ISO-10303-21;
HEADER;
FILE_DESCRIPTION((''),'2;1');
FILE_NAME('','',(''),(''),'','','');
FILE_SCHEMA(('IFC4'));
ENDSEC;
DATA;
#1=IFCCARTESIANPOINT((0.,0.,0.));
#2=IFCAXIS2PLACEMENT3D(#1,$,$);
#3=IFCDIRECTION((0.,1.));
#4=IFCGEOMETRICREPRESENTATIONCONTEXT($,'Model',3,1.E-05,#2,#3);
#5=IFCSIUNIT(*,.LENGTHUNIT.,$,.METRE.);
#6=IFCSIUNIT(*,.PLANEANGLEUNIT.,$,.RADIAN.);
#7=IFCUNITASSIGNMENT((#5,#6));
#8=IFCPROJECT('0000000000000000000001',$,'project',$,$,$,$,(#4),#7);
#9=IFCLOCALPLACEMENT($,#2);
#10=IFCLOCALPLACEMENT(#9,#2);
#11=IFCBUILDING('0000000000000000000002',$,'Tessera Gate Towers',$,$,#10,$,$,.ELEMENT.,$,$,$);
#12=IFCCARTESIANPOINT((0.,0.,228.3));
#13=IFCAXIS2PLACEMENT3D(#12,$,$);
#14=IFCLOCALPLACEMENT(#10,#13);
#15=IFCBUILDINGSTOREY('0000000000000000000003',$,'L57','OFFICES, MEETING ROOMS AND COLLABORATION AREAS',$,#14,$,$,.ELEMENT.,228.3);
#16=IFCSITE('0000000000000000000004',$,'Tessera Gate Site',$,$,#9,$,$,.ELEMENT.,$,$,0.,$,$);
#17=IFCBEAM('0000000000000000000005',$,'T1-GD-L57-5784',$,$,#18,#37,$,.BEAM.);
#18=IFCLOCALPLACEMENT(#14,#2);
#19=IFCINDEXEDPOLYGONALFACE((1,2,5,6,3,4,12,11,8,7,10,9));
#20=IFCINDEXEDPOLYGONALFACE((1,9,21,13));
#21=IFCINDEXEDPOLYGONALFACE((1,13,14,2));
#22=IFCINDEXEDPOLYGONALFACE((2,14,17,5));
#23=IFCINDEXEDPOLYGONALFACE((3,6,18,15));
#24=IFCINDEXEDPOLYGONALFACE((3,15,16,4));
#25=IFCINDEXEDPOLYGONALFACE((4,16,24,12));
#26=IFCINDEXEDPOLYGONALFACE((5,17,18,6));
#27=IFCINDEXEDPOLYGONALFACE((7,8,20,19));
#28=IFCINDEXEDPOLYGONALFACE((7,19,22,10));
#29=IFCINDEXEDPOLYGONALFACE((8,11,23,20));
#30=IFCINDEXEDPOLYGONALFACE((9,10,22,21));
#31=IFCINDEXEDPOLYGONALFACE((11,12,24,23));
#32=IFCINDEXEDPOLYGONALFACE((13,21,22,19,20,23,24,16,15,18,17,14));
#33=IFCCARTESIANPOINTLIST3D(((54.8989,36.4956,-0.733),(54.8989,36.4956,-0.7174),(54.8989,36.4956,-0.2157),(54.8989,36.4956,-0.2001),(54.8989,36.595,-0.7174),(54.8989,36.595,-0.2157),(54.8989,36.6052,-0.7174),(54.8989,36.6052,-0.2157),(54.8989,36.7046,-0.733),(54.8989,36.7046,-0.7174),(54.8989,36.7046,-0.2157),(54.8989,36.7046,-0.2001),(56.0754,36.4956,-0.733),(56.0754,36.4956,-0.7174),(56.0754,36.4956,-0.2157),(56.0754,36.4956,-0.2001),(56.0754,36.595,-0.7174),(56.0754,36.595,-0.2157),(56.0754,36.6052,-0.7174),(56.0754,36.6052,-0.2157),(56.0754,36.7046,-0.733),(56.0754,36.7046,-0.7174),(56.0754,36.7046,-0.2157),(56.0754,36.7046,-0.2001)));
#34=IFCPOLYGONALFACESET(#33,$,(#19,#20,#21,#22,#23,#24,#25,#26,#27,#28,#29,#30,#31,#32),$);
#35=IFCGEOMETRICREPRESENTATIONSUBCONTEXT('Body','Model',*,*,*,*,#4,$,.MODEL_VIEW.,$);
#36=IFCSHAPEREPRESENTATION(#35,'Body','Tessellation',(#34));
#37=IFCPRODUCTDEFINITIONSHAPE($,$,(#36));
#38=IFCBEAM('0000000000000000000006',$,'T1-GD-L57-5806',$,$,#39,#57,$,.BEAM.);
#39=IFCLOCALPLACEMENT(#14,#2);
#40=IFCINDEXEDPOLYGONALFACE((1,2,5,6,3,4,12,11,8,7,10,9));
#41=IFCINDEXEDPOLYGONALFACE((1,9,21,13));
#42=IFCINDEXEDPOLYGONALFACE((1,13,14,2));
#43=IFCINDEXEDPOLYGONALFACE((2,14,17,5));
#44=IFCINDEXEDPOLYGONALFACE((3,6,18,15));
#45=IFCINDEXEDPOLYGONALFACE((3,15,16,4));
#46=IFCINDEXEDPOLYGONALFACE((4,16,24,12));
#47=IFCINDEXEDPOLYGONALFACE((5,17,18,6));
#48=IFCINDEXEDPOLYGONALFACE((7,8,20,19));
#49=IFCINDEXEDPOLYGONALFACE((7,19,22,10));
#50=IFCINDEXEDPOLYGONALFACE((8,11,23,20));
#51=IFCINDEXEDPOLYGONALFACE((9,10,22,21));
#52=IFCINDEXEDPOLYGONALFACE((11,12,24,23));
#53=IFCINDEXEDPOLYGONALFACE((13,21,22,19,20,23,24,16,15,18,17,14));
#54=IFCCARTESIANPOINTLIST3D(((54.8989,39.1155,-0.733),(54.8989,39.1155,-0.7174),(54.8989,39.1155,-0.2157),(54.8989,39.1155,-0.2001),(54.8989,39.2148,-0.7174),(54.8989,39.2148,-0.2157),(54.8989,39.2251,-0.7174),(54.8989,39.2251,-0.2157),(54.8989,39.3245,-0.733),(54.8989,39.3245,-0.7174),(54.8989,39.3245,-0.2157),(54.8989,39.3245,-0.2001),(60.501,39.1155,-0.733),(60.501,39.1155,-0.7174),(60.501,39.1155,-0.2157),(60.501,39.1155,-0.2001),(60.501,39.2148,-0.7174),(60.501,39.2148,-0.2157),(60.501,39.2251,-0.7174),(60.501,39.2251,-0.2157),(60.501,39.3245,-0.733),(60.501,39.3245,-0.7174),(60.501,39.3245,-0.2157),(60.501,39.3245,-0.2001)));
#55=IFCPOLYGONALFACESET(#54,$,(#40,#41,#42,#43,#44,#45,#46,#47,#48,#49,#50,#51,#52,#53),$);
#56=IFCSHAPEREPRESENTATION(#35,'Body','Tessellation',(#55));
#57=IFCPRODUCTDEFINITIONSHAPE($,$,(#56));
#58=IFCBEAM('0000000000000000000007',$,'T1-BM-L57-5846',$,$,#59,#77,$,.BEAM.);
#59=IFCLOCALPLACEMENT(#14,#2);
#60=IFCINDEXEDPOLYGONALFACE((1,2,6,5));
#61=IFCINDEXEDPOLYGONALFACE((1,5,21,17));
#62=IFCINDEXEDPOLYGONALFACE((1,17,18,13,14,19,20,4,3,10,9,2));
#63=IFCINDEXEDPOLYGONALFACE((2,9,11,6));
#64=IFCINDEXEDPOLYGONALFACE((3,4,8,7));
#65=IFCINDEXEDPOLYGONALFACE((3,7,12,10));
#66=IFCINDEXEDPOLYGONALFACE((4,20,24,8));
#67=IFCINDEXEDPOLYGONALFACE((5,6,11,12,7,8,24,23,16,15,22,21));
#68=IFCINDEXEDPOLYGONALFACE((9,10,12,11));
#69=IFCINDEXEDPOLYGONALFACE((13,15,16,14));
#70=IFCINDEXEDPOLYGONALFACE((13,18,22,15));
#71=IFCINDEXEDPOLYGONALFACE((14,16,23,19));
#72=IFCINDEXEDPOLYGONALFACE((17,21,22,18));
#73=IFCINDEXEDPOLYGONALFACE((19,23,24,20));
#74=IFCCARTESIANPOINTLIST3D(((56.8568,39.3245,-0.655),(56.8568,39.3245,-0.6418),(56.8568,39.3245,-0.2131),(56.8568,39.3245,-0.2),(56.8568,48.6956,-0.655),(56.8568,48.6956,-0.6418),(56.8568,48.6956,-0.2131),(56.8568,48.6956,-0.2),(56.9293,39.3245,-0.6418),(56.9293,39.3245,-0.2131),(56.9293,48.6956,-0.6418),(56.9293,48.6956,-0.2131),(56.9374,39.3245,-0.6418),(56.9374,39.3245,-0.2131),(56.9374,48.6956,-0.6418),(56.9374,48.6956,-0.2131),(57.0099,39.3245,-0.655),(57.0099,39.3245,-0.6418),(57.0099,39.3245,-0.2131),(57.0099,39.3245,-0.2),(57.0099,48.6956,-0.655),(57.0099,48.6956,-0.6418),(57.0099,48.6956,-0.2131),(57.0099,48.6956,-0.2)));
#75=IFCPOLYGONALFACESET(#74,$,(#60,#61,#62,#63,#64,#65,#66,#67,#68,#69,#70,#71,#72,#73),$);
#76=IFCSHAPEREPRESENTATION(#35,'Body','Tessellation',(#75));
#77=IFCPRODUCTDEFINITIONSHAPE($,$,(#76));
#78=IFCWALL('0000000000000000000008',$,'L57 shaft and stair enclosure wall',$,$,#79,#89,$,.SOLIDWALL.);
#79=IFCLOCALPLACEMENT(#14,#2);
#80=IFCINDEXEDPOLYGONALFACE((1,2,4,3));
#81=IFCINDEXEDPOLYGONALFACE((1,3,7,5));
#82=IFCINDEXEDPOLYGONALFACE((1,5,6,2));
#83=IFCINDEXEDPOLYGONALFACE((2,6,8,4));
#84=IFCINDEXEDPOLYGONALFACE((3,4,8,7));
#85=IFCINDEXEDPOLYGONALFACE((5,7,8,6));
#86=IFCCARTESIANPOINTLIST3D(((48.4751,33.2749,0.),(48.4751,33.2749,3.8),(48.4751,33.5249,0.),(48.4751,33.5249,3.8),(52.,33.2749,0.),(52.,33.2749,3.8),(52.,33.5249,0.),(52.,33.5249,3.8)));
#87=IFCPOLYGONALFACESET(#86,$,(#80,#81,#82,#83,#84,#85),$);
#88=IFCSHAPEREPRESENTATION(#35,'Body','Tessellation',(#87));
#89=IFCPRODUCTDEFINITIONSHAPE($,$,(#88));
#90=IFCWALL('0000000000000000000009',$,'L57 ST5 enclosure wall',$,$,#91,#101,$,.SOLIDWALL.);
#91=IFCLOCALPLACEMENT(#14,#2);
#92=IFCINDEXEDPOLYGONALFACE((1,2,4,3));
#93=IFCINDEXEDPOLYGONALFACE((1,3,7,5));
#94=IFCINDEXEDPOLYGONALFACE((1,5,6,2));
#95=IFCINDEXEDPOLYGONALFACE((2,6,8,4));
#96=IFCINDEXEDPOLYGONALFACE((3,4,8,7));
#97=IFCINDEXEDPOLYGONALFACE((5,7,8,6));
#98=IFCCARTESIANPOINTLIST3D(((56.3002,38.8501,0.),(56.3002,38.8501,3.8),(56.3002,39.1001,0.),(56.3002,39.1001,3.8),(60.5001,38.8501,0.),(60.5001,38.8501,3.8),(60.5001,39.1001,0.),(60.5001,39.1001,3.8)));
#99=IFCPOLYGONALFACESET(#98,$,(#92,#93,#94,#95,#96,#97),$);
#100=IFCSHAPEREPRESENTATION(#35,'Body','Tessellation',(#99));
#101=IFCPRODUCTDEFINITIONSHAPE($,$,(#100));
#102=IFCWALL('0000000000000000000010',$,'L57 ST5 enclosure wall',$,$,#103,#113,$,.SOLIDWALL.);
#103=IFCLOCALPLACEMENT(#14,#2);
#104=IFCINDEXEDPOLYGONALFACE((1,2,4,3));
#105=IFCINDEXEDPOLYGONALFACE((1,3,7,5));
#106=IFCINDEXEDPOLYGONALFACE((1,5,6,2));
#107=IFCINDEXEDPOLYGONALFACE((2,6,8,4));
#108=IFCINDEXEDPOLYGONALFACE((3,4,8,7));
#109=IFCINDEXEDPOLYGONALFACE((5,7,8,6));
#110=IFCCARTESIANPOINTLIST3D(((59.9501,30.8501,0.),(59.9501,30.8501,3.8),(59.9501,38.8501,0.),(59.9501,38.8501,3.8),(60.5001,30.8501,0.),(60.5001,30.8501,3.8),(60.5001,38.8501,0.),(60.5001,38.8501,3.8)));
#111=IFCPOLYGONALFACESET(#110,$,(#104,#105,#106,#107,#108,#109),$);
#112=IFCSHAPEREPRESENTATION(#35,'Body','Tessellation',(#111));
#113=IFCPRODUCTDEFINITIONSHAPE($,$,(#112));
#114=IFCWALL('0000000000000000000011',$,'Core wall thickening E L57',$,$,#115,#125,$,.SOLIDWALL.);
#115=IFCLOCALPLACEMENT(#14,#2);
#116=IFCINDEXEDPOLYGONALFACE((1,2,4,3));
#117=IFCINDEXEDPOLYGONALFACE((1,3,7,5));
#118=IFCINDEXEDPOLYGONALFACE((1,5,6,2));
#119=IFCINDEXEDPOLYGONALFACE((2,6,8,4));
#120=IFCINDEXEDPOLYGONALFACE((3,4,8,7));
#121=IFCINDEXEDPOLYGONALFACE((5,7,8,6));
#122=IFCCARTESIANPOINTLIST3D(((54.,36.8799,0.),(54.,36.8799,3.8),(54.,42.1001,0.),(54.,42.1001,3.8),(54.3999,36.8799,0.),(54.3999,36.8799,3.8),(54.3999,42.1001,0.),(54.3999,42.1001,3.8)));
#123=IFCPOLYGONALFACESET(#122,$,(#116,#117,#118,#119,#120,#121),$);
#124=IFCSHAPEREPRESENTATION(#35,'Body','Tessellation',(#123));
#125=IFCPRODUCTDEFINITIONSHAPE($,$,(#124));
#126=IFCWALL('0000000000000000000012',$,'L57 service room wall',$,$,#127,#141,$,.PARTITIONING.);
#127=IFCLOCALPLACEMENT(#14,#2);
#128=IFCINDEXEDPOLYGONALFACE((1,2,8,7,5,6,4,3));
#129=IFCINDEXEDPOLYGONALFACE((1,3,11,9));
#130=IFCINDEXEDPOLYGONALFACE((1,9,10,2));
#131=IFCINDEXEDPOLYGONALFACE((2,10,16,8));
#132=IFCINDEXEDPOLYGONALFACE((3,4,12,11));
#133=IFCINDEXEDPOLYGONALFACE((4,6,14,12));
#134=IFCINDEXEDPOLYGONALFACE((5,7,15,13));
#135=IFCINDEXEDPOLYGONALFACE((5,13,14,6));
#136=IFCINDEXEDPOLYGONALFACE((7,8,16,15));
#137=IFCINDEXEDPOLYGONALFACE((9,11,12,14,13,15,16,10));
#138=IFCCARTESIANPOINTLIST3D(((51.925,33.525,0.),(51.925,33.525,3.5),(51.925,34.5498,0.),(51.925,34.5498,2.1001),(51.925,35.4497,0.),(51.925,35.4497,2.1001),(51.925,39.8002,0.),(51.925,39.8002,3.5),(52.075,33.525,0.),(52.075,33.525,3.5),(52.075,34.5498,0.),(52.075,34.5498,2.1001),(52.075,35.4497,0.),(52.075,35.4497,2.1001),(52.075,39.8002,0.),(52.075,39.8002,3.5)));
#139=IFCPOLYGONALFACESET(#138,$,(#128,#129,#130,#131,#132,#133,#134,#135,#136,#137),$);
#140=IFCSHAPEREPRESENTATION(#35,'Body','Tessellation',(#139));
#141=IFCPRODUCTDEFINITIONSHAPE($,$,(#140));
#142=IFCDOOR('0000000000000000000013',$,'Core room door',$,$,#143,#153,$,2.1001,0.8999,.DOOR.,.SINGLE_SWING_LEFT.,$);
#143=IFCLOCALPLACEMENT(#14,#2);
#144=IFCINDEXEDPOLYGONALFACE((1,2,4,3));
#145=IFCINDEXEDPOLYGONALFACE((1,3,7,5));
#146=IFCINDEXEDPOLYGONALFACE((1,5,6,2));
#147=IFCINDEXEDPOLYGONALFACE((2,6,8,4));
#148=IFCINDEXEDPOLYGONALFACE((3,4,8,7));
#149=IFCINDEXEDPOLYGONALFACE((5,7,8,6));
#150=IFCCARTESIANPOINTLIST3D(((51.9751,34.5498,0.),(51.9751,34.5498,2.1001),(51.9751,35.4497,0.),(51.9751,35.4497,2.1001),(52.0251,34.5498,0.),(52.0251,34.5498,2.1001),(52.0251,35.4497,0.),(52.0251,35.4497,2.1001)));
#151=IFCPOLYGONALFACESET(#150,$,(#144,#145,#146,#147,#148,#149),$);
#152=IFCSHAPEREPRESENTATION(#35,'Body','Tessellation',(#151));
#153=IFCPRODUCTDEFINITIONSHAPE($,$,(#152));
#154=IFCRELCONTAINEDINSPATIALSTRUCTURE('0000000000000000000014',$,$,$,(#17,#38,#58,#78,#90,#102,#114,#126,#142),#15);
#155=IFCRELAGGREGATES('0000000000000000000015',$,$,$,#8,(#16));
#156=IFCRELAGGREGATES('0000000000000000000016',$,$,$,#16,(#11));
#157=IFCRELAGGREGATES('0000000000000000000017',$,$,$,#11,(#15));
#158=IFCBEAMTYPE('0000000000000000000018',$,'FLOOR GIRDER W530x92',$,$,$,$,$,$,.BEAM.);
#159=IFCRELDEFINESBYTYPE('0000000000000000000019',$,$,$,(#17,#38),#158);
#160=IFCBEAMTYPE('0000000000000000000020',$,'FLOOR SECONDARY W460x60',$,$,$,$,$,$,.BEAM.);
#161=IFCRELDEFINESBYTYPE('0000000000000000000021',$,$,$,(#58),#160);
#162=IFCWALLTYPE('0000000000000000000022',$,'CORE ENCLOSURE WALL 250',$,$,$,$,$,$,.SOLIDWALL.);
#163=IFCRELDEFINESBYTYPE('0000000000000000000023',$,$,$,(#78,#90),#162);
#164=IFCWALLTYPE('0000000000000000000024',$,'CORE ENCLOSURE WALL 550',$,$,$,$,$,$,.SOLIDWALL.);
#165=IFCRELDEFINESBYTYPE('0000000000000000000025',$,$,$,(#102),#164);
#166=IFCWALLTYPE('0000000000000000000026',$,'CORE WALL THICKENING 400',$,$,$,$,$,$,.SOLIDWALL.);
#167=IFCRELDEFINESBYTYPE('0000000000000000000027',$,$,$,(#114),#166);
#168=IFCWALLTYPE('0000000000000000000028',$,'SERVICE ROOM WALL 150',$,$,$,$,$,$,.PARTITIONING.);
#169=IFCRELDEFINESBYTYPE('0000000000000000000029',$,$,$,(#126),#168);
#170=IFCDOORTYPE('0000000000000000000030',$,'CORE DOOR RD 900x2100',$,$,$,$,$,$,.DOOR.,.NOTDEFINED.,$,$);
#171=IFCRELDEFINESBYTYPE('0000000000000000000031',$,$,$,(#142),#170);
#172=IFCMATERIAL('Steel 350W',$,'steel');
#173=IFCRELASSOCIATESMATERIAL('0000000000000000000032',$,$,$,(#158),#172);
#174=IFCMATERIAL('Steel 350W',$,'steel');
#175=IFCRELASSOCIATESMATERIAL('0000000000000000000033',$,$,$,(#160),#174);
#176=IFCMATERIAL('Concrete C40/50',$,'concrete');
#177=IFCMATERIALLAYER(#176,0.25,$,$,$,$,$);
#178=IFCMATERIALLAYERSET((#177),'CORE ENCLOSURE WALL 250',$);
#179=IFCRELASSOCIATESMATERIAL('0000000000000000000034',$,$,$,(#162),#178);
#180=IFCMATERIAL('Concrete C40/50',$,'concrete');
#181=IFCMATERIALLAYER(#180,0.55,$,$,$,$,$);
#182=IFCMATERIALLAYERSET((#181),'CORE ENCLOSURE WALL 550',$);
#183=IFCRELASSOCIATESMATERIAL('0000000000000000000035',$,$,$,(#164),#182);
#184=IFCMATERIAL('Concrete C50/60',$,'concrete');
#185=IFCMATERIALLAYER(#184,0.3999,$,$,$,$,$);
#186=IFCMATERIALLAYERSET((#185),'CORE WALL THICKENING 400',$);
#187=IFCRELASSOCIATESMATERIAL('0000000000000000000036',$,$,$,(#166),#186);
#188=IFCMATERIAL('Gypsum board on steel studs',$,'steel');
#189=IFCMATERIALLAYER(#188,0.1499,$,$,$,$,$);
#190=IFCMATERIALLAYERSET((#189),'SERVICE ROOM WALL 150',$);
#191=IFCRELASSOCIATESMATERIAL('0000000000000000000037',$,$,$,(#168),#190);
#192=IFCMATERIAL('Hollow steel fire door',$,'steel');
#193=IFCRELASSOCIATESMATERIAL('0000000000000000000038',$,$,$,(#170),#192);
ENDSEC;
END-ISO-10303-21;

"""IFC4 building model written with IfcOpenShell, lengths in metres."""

from ifc_helpers import new_model, si_unit, direction, frame, frame_2d, origin, origin_2d, place, context, subcontext, project, spatial, rectangle, i_section, extrude, source, transform, mapped, material, layer, layer_set, material_profile, profile_set, type_object, element, fill, save


model = new_model("IFC4")

# Units and contexts
model_context = context("Model", 3, precision=1e-05, world=origin(), true_north=direction((0.0, 1.0)))
body_context = subcontext(model_context, "Body", "Model", "MODEL_VIEW")
ifc_project = project(units=[si_unit("LENGTHUNIT", "METRE"), si_unit("PLANEANGLEUNIT", "RADIAN")], contexts=[model_context])

# Site, building, storey
site_placement = place(None, origin())
site = spatial("IfcSite", under=ifc_project, at=site_placement, Name="Tessera Gate Site", CompositionType="ELEMENT", RefElevation=0.0)
building_placement = place(site_placement, origin())
building = spatial("IfcBuilding", under=site, at=building_placement, Name="Tessera Gate Towers", CompositionType="ELEMENT")
storey_placement = place(building_placement, frame((0.0, 0.0, 228.3)))
storey = spatial("IfcBuildingStorey", under=building, at=storey_placement, Name="L57", Description="OFFICES, MEETING ROOMS AND COLLABORATION AREAS", CompositionType="ELEMENT", Elevation=228.3)

# Beams
ifc_material_1 = material(Name="Steel 350W", Category="steel")
ifc_material_profile_1 = material_profile(ifc_material_1, i_section(OverallWidth=0.209, OverallDepth=0.533, WebThickness=0.0103, FlangeThickness=0.0156, at=origin_2d()), Name="W530x92")
ifc_profile_set_1 = profile_set([ifc_material_profile_1], Name="Steel 350W")
beam_type_1 = type_object("IfcBeamType", Name="FLOOR GIRDER W530x92", PredefinedType="BEAM", material=ifc_profile_set_1)
beam_1_placement = place(storey_placement, frame((54.8989, 36.6001, -0.4666), z_axis=(1.0, 0.0, 0.0), x_axis=(0.0, 1.0, 0.0)))
element("IfcBeam", 1, at=beam_1_placement, inside=storey, type_object=beam_type_1, Name="T1-GD-L57-5784", PredefinedType="BEAM", context=body_context, shape_type="SweptSolid", body=[
    extrude(i_section(OverallWidth=0.209, OverallDepth=0.533, WebThickness=0.0103, FlangeThickness=0.0156, at=origin_2d()), origin(), (0.0, 0.0, 1.0), 1.1765),
])
beam_2_placement = place(storey_placement, frame((54.8989, 39.22, -0.4666), z_axis=(1.0, 0.0, 0.0), x_axis=(0.0, 1.0, 0.0)))
element("IfcBeam", 2, at=beam_2_placement, inside=storey, type_object=beam_type_1, Name="T1-GD-L57-5806", PredefinedType="BEAM", context=body_context, shape_type="SweptSolid", body=[
    extrude(i_section(OverallWidth=0.209, OverallDepth=0.533, WebThickness=0.0103, FlangeThickness=0.0156, at=origin_2d()), origin(), (0.0, 0.0, 1.0), 5.6021),
])
ifc_material_2 = material(Name="Steel 350W", Category="steel")
ifc_material_profile_2 = material_profile(ifc_material_2, i_section(OverallWidth=0.1531, OverallDepth=0.4551, WebThickness=0.0081, FlangeThickness=0.0132, at=origin_2d()), Name="W460x60")
ifc_profile_set_2 = profile_set([ifc_material_profile_2], Name="Steel 350W")
beam_type_2 = type_object("IfcBeamType", Name="FLOOR SECONDARY W460x60", PredefinedType="BEAM", material=ifc_profile_set_2)
beam_3_placement = place(storey_placement, frame((56.9333, 39.3245, -0.4275), z_axis=(0.0, 1.0, 0.0), x_axis=(-1.0, 0.0, 0.0)))
element("IfcBeam", 3, at=beam_3_placement, inside=storey, type_object=beam_type_2, Name="T1-BM-L57-5846", PredefinedType="BEAM", context=body_context, shape_type="SweptSolid", body=[
    extrude(i_section(OverallWidth=0.1531, OverallDepth=0.4551, WebThickness=0.0081, FlangeThickness=0.0132, at=origin_2d()), origin(), (0.0, 0.0, 1.0), 9.3711),
])

# Walls
ifc_material_3 = material(Name="Concrete C40/50", Category="concrete")
ifc_layer_1 = layer(ifc_material_3, 0.25)
ifc_layer_set_1 = layer_set([ifc_layer_1], Name="CORE ENCLOSURE WALL 250")
wall_type_1 = type_object("IfcWallType", Name="CORE ENCLOSURE WALL 250", PredefinedType="SOLIDWALL", material=ifc_layer_set_1)
wall_1_placement = place(storey_placement, frame((48.4751, 33.3999, 0.0), z_axis=(0.0, 0.0, 1.0), x_axis=(1.0, 0.0, 0.0)))
element("IfcWall", 4, at=wall_1_placement, inside=storey, type_object=wall_type_1, Name="L57 shaft and stair enclosure wall", PredefinedType="SOLIDWALL", context=body_context, shape_type="SweptSolid", body=[
    extrude(rectangle(XDim=3.5249, YDim=0.25, at=frame_2d((1.7625, 0.0))), origin(), (0.0, 0.0, 1.0), 3.8),
])
wall_2_placement = place(storey_placement, frame((56.3, 38.9751, 0.0), z_axis=(0.0, 0.0, 1.0), x_axis=(1.0, 0.0, 0.0)))
element("IfcWall", 5, at=wall_2_placement, inside=storey, type_object=wall_type_1, Name="L57 ST5 enclosure wall", PredefinedType="SOLIDWALL", context=body_context, shape_type="SweptSolid", body=[
    extrude(rectangle(XDim=4.2, YDim=0.25, at=frame_2d((2.1001, 0.0))), origin(), (0.0, 0.0, 1.0), 3.8),
])
ifc_material_4 = material(Name="Concrete C40/50", Category="concrete")
ifc_layer_2 = layer(ifc_material_4, 0.55)
ifc_layer_set_2 = layer_set([ifc_layer_2], Name="CORE ENCLOSURE WALL 550")
wall_type_2 = type_object("IfcWallType", Name="CORE ENCLOSURE WALL 550", PredefinedType="SOLIDWALL", material=ifc_layer_set_2)
wall_3_placement = place(storey_placement, frame((60.2251, 38.8501, 0.0), z_axis=(0.0, 0.0, 1.0), x_axis=(0.0, -1.0, 0.0)))
element("IfcWall", 6, at=wall_3_placement, inside=storey, type_object=wall_type_2, Name="L57 ST5 enclosure wall", PredefinedType="SOLIDWALL", context=body_context, shape_type="SweptSolid", body=[
    extrude(rectangle(XDim=8.0, YDim=0.55, at=frame_2d((4.0, 0.0))), origin(), (0.0, 0.0, 1.0), 3.8),
])
ifc_material_5 = material(Name="Concrete C50/60", Category="concrete")
ifc_layer_3 = layer(ifc_material_5, 0.3999)
ifc_layer_set_3 = layer_set([ifc_layer_3], Name="CORE WALL THICKENING 400")
wall_type_3 = type_object("IfcWallType", Name="CORE WALL THICKENING 400", PredefinedType="SOLIDWALL", material=ifc_layer_set_3)
wall_4_placement = place(storey_placement, frame((54.2, 36.8799, 0.0), z_axis=(0.0, 0.0, 1.0), x_axis=(0.0, 1.0, 0.0)))
element("IfcWall", 7, at=wall_4_placement, inside=storey, type_object=wall_type_3, Name="Core wall thickening E L57", PredefinedType="SOLIDWALL", context=body_context, shape_type="SweptSolid", body=[
    extrude(rectangle(XDim=5.2202, YDim=0.3999, at=frame_2d((2.6101, 0.0))), origin(), (0.0, 0.0, 1.0), 3.8),
])

# Wall, opening, door
ifc_material_6 = material(Name="Gypsum board on steel studs", Category="steel")
ifc_layer_4 = layer(ifc_material_6, 0.1499)
ifc_layer_set_4 = layer_set([ifc_layer_4], Name="SERVICE ROOM WALL 150")
wall_type_4 = type_object("IfcWallType", Name="SERVICE ROOM WALL 150", PredefinedType="PARTITIONING", material=ifc_layer_set_4)
wall_5_placement = place(storey_placement, frame((52.0, 33.5249, 0.0), z_axis=(0.0, 0.0, 1.0), x_axis=(0.0, 1.0, 0.0)))
wall_5 = element("IfcWall", 8, at=wall_5_placement, inside=storey, type_object=wall_type_4, Name="L57 service room wall", PredefinedType="PARTITIONING", context=body_context, shape_type="SweptSolid", body=[
    extrude(rectangle(XDim=6.2751, YDim=0.1499, at=frame_2d((3.1377, 0.0))), origin(), (0.0, 0.0, 1.0), 3.5),
])
shared_shape_1 = source(origin(), body_context, "Body", "SweptSolid", [
    extrude(rectangle(XDim=0.8999, YDim=2.1001, at=frame_2d((0.45, 1.05))), frame((0.0, 0.085, 0.0), z_axis=(0.0, -1.0, 0.0), x_axis=(1.0, 0.0, 0.0)), (0.0, 0.0, 1.0), 0.1699),
])
opening_1_placement = place(wall_5_placement, frame((1.0249, 0.0, 0.0)))
opening_1 = element("IfcOpeningElement", 9, at=opening_1_placement, cuts=wall_5, PredefinedType="OPENING", context=body_context, shape_type="MappedRepresentation", body=[
    mapped(shared_shape_1, transform((0.0, 0.0, 0.0), scale=1.0)),
])
ifc_material_7 = material(Name="Hollow steel fire door", Category="steel")
door_type = type_object("IfcDoorType", Name="CORE DOOR RD 900x2100", OperationType="NOTDEFINED", PredefinedType="DOOR", material=ifc_material_7)
shared_shape_2 = source(origin(), body_context, "Body", "SweptSolid", [
    extrude(rectangle(XDim=0.8999, YDim=2.1001, at=frame_2d((0.45, 1.05))), frame((0.0, 0.0249, 0.0), z_axis=(0.0, -1.0, 0.0), x_axis=(1.0, 0.0, 0.0)), (0.0, 0.0, 1.0), 0.05),
])
door_placement = place(opening_1_placement, origin())
door = element("IfcDoor", 10, at=door_placement, inside=storey, type_object=door_type, Name="Core room door", OperationType="SINGLE_SWING_LEFT", OverallHeight=2.1001, OverallWidth=0.8999, PredefinedType="DOOR", context=body_context, shape_type="MappedRepresentation", body=[
    mapped(shared_shape_2, transform((0.0, 0.0, 0.0), scale=1.0)),
])
fill(opening_1, door)

save(model, "model.ifc")
